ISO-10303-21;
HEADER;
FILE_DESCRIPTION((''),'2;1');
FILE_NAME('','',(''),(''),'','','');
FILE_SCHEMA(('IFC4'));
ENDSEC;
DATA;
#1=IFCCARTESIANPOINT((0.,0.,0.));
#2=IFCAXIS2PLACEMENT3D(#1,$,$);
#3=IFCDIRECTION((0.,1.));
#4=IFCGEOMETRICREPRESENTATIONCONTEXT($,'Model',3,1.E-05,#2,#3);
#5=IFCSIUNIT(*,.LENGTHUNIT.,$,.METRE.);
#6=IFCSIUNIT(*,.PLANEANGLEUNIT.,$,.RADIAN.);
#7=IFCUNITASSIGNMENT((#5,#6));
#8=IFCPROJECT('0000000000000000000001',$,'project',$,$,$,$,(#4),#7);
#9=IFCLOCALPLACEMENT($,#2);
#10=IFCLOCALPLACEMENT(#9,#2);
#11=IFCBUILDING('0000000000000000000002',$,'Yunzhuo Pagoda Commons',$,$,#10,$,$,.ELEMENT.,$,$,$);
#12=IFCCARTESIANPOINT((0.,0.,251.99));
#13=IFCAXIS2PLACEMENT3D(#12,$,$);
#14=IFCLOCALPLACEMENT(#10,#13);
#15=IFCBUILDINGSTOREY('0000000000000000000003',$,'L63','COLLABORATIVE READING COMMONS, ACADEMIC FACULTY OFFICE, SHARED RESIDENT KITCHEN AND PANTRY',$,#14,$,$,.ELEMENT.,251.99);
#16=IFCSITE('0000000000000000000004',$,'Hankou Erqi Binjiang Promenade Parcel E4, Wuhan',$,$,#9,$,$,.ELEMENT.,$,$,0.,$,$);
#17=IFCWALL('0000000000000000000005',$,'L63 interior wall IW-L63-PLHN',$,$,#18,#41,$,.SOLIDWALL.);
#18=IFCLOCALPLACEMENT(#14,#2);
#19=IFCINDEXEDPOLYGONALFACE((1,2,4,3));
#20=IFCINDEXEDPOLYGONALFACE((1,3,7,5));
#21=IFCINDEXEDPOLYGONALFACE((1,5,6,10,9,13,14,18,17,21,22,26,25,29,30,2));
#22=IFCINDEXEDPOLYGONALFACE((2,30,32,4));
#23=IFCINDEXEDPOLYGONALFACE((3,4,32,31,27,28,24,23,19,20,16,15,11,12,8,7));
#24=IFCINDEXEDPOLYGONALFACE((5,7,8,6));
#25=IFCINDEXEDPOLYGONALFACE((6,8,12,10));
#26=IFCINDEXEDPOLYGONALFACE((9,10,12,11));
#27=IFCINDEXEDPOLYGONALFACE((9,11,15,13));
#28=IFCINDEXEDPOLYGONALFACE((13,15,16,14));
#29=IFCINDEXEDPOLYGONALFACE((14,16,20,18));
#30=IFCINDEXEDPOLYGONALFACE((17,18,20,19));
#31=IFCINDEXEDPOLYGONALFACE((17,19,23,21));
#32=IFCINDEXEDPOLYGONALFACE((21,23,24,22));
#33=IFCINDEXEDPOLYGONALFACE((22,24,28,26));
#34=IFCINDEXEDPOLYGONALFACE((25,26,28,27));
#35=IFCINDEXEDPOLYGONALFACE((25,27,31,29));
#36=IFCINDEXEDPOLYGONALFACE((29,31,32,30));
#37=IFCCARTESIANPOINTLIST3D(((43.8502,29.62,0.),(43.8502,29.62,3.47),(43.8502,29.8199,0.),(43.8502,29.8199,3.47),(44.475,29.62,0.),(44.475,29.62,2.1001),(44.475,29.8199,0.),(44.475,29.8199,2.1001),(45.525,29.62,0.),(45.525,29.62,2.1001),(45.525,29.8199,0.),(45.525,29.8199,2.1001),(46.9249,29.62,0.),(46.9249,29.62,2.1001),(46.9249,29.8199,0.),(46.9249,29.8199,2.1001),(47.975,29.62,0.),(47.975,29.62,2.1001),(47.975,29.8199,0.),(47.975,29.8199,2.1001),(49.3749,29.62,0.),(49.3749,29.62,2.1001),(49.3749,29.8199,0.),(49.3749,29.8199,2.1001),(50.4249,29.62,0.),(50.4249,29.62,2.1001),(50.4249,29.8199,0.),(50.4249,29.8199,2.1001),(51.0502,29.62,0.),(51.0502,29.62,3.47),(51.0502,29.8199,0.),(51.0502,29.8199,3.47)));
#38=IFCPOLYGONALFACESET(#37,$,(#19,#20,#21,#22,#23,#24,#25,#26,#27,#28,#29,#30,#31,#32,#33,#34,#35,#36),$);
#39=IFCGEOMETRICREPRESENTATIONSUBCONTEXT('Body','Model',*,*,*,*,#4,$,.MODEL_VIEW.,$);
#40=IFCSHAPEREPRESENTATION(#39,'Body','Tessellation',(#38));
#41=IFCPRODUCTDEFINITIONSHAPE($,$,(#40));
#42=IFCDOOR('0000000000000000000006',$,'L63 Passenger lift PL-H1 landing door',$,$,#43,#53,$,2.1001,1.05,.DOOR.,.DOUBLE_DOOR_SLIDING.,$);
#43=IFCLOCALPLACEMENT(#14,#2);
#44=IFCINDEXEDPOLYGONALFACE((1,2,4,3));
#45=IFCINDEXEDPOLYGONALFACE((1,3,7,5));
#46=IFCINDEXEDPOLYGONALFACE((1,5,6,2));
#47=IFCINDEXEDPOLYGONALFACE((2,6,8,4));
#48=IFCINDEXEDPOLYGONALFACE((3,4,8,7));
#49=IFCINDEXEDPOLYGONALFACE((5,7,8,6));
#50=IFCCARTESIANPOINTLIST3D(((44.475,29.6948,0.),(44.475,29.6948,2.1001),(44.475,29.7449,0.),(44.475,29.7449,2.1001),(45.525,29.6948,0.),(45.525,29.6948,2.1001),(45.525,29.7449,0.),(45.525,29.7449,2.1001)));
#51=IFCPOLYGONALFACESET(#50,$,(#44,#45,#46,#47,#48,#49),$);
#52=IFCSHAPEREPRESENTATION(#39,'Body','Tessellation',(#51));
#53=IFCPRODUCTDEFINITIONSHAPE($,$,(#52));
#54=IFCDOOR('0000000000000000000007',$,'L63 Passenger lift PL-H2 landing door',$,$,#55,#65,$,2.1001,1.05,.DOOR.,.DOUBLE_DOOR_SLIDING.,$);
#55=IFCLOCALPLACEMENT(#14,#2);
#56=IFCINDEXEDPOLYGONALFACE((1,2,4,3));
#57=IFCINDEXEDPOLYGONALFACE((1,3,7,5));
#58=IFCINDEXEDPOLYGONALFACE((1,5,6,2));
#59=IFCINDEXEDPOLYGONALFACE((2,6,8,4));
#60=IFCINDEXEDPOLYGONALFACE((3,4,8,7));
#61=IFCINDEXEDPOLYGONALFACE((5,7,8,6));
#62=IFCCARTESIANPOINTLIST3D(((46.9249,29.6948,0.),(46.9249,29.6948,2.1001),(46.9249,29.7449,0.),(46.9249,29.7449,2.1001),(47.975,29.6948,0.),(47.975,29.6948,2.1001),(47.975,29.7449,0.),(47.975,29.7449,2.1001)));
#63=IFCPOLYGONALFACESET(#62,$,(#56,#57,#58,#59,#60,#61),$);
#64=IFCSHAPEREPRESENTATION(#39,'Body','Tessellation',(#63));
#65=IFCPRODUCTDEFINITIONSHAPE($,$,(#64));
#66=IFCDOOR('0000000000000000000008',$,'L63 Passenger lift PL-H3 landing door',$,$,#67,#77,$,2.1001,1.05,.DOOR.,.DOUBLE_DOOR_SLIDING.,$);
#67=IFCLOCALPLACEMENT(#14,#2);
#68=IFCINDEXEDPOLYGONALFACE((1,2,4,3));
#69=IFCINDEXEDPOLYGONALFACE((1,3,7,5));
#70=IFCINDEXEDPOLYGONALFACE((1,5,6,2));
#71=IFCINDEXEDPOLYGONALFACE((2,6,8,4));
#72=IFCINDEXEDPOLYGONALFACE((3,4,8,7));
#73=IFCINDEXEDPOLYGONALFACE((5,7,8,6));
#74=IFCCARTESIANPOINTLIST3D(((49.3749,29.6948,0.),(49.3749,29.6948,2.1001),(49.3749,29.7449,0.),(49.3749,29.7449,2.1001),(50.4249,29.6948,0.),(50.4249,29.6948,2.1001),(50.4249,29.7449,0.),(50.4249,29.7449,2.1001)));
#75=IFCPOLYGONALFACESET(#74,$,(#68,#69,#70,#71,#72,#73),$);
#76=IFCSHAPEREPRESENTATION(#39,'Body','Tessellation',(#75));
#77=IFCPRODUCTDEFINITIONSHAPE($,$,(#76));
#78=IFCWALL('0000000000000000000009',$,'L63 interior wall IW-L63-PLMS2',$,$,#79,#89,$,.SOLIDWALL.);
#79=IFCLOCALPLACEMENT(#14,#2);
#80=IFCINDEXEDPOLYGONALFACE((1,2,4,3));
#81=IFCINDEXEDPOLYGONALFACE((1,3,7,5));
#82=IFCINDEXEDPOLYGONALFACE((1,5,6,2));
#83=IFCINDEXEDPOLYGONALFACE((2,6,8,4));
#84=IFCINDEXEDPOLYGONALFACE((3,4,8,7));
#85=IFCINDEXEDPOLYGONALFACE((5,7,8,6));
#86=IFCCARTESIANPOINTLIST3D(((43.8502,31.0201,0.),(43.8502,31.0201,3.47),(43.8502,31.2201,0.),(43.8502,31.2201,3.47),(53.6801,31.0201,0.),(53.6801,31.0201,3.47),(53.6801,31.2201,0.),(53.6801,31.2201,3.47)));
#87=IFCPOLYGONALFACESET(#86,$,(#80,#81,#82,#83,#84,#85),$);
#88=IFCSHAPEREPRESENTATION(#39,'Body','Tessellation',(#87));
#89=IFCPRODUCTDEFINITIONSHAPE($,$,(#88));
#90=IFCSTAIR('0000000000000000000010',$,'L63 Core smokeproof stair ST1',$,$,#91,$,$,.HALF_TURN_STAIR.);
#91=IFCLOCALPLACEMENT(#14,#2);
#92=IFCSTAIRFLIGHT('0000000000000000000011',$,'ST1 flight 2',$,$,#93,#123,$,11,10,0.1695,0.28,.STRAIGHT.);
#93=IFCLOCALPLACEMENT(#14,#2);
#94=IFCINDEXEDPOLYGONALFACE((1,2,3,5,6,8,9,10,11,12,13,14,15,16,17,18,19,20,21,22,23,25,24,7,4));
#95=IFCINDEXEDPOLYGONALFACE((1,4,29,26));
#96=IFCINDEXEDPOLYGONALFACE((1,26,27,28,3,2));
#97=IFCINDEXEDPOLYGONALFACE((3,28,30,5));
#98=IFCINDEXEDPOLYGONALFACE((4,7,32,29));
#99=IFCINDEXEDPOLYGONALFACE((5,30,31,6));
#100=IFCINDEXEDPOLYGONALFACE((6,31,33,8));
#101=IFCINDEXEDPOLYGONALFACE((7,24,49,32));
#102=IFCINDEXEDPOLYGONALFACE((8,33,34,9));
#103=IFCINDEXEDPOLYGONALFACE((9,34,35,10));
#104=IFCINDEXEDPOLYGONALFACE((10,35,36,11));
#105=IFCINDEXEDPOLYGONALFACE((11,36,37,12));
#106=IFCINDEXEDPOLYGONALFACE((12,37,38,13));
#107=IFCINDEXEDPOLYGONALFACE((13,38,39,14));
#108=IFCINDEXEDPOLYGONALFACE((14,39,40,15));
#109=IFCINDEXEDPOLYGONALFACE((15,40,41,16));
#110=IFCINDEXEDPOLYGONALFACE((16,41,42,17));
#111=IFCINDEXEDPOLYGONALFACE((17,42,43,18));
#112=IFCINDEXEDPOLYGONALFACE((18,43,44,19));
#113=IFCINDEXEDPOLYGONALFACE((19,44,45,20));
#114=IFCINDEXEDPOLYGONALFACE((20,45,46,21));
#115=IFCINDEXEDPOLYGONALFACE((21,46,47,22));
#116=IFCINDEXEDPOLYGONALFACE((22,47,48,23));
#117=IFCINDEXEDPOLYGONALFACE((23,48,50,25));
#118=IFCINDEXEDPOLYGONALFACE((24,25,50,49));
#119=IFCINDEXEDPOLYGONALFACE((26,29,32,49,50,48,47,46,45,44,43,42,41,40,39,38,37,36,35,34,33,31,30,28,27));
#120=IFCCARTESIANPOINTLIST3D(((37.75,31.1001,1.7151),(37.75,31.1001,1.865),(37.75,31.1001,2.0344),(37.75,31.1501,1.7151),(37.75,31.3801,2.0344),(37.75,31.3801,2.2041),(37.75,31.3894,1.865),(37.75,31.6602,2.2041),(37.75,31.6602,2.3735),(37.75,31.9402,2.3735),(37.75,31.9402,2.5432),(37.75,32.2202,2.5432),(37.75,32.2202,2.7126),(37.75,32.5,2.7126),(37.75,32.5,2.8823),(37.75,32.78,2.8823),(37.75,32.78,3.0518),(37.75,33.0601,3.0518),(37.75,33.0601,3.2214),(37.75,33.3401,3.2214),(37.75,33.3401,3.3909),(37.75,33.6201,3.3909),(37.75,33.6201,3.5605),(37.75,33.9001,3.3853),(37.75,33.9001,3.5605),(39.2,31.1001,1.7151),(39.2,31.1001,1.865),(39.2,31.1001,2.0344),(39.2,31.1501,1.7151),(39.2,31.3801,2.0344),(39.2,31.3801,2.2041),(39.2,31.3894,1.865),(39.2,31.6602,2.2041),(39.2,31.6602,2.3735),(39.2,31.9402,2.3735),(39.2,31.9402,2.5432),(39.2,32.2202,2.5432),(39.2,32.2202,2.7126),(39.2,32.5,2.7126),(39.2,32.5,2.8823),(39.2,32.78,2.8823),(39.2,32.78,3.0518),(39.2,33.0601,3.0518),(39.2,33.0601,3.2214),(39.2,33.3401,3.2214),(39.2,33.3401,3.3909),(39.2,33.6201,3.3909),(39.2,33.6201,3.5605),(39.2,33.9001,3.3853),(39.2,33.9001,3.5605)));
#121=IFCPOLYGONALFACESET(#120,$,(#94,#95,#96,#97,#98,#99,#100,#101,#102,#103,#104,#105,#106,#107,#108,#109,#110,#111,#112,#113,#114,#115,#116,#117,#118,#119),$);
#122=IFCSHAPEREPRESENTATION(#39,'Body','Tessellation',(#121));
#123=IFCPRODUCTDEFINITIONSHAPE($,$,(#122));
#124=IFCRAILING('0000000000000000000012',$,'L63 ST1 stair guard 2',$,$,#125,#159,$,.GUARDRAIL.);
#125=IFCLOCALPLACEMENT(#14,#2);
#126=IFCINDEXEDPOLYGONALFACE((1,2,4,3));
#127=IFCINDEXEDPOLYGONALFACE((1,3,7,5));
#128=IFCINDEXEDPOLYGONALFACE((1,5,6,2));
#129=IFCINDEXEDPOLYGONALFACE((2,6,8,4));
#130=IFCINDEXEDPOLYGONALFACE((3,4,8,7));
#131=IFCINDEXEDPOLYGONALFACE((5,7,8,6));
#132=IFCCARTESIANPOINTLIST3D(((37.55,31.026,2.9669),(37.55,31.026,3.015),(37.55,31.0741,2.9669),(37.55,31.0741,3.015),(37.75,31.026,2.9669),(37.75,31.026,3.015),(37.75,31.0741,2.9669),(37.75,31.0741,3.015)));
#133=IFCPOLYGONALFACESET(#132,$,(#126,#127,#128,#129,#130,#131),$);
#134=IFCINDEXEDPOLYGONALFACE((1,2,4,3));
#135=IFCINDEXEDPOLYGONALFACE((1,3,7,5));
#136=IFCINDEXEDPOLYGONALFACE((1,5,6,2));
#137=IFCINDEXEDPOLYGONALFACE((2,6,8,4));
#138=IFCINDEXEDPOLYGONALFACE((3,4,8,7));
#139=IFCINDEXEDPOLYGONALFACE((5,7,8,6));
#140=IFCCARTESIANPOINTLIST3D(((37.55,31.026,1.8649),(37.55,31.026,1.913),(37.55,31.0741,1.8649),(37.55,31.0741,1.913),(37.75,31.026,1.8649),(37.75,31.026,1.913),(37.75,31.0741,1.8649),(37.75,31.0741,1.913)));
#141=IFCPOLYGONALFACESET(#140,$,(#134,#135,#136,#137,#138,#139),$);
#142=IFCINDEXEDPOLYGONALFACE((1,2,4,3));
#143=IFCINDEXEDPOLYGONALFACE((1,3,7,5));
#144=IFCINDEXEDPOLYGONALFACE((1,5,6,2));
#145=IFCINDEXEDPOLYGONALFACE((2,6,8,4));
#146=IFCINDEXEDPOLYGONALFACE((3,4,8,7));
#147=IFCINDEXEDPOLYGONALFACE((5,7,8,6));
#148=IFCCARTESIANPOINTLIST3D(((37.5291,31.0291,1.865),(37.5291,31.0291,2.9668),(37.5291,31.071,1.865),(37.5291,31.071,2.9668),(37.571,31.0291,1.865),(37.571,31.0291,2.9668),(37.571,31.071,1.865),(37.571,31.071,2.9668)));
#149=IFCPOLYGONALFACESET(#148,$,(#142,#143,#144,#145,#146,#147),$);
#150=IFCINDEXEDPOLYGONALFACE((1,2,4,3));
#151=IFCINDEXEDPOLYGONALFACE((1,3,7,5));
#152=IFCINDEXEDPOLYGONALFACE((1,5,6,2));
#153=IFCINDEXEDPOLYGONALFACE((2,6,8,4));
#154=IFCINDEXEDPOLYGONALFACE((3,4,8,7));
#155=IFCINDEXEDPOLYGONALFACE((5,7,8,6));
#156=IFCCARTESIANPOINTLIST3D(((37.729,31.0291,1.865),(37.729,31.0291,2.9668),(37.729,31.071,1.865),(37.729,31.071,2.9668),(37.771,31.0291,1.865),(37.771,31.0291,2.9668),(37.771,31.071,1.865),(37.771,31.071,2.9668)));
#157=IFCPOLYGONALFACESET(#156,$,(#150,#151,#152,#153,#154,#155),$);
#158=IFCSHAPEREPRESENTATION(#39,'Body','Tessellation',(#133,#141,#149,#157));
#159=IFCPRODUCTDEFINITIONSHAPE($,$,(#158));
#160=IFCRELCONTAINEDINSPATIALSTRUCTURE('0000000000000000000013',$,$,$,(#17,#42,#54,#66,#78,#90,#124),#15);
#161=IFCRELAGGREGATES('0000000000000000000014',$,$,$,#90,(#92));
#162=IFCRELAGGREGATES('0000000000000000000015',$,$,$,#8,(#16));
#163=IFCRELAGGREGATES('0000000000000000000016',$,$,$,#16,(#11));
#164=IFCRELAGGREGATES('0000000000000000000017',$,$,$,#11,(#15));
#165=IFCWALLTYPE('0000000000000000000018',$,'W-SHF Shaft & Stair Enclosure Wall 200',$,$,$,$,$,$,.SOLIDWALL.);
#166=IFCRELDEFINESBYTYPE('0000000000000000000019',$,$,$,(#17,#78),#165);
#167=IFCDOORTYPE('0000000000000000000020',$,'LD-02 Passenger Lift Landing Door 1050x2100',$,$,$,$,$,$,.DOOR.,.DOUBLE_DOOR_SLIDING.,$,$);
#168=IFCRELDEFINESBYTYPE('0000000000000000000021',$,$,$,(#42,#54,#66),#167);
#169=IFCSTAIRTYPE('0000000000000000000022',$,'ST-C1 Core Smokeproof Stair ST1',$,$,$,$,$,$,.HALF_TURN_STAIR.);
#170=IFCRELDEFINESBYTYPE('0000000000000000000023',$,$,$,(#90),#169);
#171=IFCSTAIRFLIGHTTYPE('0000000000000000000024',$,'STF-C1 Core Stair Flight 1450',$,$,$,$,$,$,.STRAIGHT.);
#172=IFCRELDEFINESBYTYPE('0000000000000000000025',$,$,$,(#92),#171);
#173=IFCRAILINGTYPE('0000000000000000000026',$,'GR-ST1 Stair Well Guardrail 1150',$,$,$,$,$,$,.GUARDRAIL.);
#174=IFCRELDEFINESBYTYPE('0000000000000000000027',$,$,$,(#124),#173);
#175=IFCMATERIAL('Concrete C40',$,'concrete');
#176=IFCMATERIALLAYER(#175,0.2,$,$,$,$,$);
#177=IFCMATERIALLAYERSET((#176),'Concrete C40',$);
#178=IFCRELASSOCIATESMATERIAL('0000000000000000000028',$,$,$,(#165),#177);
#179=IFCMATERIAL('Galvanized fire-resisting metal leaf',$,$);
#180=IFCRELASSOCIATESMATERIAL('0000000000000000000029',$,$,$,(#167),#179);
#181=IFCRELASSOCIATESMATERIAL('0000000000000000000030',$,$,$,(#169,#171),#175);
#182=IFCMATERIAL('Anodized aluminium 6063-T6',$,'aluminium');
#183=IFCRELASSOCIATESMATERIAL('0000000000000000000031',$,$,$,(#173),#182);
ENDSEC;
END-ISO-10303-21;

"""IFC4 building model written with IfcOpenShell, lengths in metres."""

from ifc_helpers import new_model, si_unit, direction, frame, frame_2d, origin, origin_with_axes, origin_2d, place, context, subcontext, project, spatial, polyline, rectangle, outline, extrude, source, transform, mapped, material, layer, layer_set, type_object, element, fill, aggregate, save


model = new_model("IFC4")

# Units and contexts
model_context = context("Model", 3, precision=1e-05, world=origin(), true_north=direction((0.0, 1.0)))
body_context = subcontext(model_context, "Body", "Model", "MODEL_VIEW")
ifc_project = project(units=[si_unit("LENGTHUNIT", "METRE"), si_unit("PLANEANGLEUNIT", "RADIAN")], contexts=[model_context])

# Site, building, storey
site_placement = place(None, origin())
site = spatial("IfcSite", under=ifc_project, at=site_placement, Name="Hankou Erqi Binjiang Promenade Parcel E4, Wuhan", CompositionType="ELEMENT", RefElevation=0.0)
building_placement = place(site_placement, origin())
building = spatial("IfcBuilding", under=site, at=building_placement, Name="Yunzhuo Pagoda Commons", CompositionType="ELEMENT")
storey_placement = place(building_placement, frame((0.0, 0.0, 251.99)))
storey = spatial("IfcBuildingStorey", under=building, at=storey_placement, Name="L63", Description="COLLABORATIVE READING COMMONS, ACADEMIC FACULTY OFFICE, SHARED RESIDENT KITCHEN AND PANTRY", CompositionType="ELEMENT", Elevation=251.99)

# Shared definitions
ifc_material_1 = material(Name="Galvanized fire-resisting metal leaf")

# Shared definitions
ifc_material_2 = material(Name="Concrete C40", Category="concrete")
ifc_layer_1 = layer(ifc_material_2, 0.2)
ifc_layer_set_1 = layer_set([ifc_layer_1], Name="Concrete C40")
wall_type_1 = type_object("IfcWallType", Name="W-SHF Shaft & Stair Enclosure Wall 200", PredefinedType="SOLIDWALL", material=ifc_layer_set_1)
shared_shape_1 = source(origin(), body_context, "Body", "SweptSolid", [
    extrude(rectangle(XDim=1.05, YDim=2.1001, at=frame_2d((0.5249, 1.05))), frame((0.0, 0.0249, 0.0), z_axis=(0.0, -1.0, 0.0), x_axis=(1.0, 0.0, 0.0)), (0.0, 0.0, 1.0), 0.05),
])

# Wall, openings, doors
wall_1_placement = place(storey_placement, frame((43.8501, 29.72, 0.0), z_axis=(0.0, 0.0, 1.0), x_axis=(1.0, 0.0, 0.0)))
wall_1 = element("IfcWall", 1, at=wall_1_placement, inside=storey, type_object=wall_type_1, Name="L63 interior wall IW-L63-PLHN", PredefinedType="SOLIDWALL", context=body_context, shape_type="SweptSolid", body=[
    extrude(rectangle(XDim=7.2, YDim=0.2, at=frame_2d((3.6001, 0.0))), origin(), (0.0, 0.0, 1.0), 3.47),
])
opening_1_placement = place(wall_1_placement, frame((0.625, 0.0, 0.0)))
opening_1 = element("IfcOpeningElement", 2, at=opening_1_placement, cuts=wall_1, PredefinedType="OPENING", context=body_context, shape_type="SweptSolid", body=[
    extrude(rectangle(XDim=1.05, YDim=2.1001, at=frame_2d((0.5249, 1.05))), frame((0.0, 0.1099, 0.0), z_axis=(0.0, -1.0, 0.0), x_axis=(1.0, 0.0, 0.0)), (0.0, 0.0, 1.0), 0.22),
])
opening_2_placement = place(wall_1_placement, frame((3.075, 0.0, 0.0)))
opening_2 = element("IfcOpeningElement", 3, at=opening_2_placement, cuts=wall_1, PredefinedType="OPENING", context=body_context, shape_type="SweptSolid", body=[
    extrude(rectangle(XDim=1.05, YDim=2.1001, at=frame_2d((0.5249, 1.05))), frame((0.0, 0.1099, 0.0), z_axis=(0.0, -1.0, 0.0), x_axis=(1.0, 0.0, 0.0)), (0.0, 0.0, 1.0), 0.22),
])
opening_3_placement = place(wall_1_placement, frame((5.5249, 0.0, 0.0)))
opening_3 = element("IfcOpeningElement", 4, at=opening_3_placement, cuts=wall_1, PredefinedType="OPENING", context=body_context, shape_type="SweptSolid", body=[
    extrude(rectangle(XDim=1.05, YDim=2.1001, at=frame_2d((0.5249, 1.05))), frame((0.0, 0.1099, 0.0), z_axis=(0.0, -1.0, 0.0), x_axis=(1.0, 0.0, 0.0)), (0.0, 0.0, 1.0), 0.22),
])
door_type_1 = type_object("IfcDoorType", Name="LD-02 Passenger Lift Landing Door 1050x2100", OperationType="DOUBLE_DOOR_SLIDING", PredefinedType="DOOR", material=ifc_material_1)
door_1_placement = place(opening_1_placement, origin_with_axes())
door_1 = element("IfcDoor", 5, at=door_1_placement, inside=storey, type_object=door_type_1, Name="L63 Passenger lift PL-H1 landing door", OperationType="DOUBLE_DOOR_SLIDING", OverallHeight=2.1001, OverallWidth=1.05, PredefinedType="DOOR", context=body_context, shape_type="MappedRepresentation", body=[
    mapped(shared_shape_1, transform((0.0, 0.0, 0.0), scale=1.0)),
])
fill(opening_1, door_1)
door_2_placement = place(opening_2_placement, origin_with_axes())
door_2 = element("IfcDoor", 6, at=door_2_placement, inside=storey, type_object=door_type_1, Name="L63 Passenger lift PL-H2 landing door", OperationType="DOUBLE_DOOR_SLIDING", OverallHeight=2.1001, OverallWidth=1.05, PredefinedType="DOOR", context=body_context, shape_type="MappedRepresentation", body=[
    mapped(shared_shape_1, transform((0.0, 0.0, 0.0), scale=1.0)),
])
fill(opening_2, door_2)
door_3_placement = place(opening_3_placement, origin_with_axes())
door_3 = element("IfcDoor", 7, at=door_3_placement, inside=storey, type_object=door_type_1, Name="L63 Passenger lift PL-H3 landing door", OperationType="DOUBLE_DOOR_SLIDING", OverallHeight=2.1001, OverallWidth=1.05, PredefinedType="DOOR", context=body_context, shape_type="MappedRepresentation", body=[
    mapped(shared_shape_1, transform((0.0, 0.0, 0.0), scale=1.0)),
])
fill(opening_3, door_3)

# Wall
wall_2_placement = place(storey_placement, frame((43.8501, 31.1201, 0.0), z_axis=(0.0, 0.0, 1.0), x_axis=(1.0, 0.0, 0.0)))
element("IfcWall", 8, at=wall_2_placement, inside=storey, type_object=wall_type_1, Name="L63 interior wall IW-L63-PLMS2", PredefinedType="SOLIDWALL", context=body_context, shape_type="SweptSolid", body=[
    extrude(rectangle(XDim=9.8298, YDim=0.2, at=frame_2d((4.915, 0.0))), origin(), (0.0, 0.0, 1.0), 3.47),
])

# Stair, stair flight
stair_type = type_object("IfcStairType", Name="ST-C1 Core Smokeproof Stair ST1", PredefinedType="HALF_TURN_STAIR", material=ifc_material_2)
stair_placement = place(storey_placement, origin())
stair = element("IfcStair", 9, at=stair_placement, inside=storey, type_object=stair_type, Name="L63 Core smokeproof stair ST1", PredefinedType="HALF_TURN_STAIR")
stair_flight_type = type_object("IfcStairFlightType", Name="STF-C1 Core Stair Flight 1450", PredefinedType="STRAIGHT", material=ifc_material_2)
shared_shape_2 = source(origin(), body_context, "Body", "SweptSolid", [
    extrude(outline(polyline([(0.0, -0.1499), (0.0, 0.0), (0.0, 0.1694), (0.28, 0.1694), (0.28, 0.3391), (0.5601, 0.3391), (0.5601, 0.5085), (0.8401, 0.5085), (0.8401, 0.6782), (1.1201, 0.6782), (1.1201, 0.8477), (1.3999, 0.8477), (1.3999, 1.0173), (1.6799, 1.0173), (1.6799, 1.1868), (1.96, 1.1868), (1.96, 1.3564), (2.24, 1.3564), (2.24, 1.5259), (2.52, 1.5259), (2.52, 1.6956), (2.8, 1.6956), (2.8, 1.865), (2.8, 1.5203), (0.2893, 0.0), (0.05, -0.1499), (0.0, -0.1499)])), frame((0.0, 0.7251, 0.0), z_axis=(0.0, -1.0, 0.0), x_axis=(1.0, 0.0, 0.0)), (0.0, 0.0, 1.0), 1.45),
])
stair_flight_placement = place(storey_placement, frame((38.4751, 31.1001, 1.865), z_axis=(0.0, 0.0, 1.0), x_axis=(0.0, 1.0, 0.0)))
stair_flight = element("IfcStairFlight", 10, at=stair_flight_placement, type_object=stair_flight_type, Name="ST1 flight 2", NumberOfRisers=11, NumberOfTreads=10, PredefinedType="STRAIGHT", RiserHeight=0.1695, TreadLength=0.28, context=body_context, shape_type="MappedRepresentation", body=[
    mapped(shared_shape_2, transform((0.0, 0.0, 0.0), scale=1.0)),
])
aggregate(stair, [stair_flight])

# Railing
ifc_material_3 = material(Name="Anodized aluminium 6063-T6", Category="aluminium")
railing_type_1 = type_object("IfcRailingType", Name="GR-ST1 Stair Well Guardrail 1150", PredefinedType="GUARDRAIL", material=ifc_material_3)
railing_1_placement = place(storey_placement, frame((37.55, 31.05, 1.865)))
element("IfcRailing", 11, at=railing_1_placement, inside=storey, type_object=railing_type_1, Name="L63 ST1 stair guard 2", PredefinedType="GUARDRAIL", context=body_context, shape_type="SweptSolid", body=[
    extrude(rectangle(XDim=0.0481, YDim=0.0481, at=origin_2d()), frame((0.0, 0.0, 1.126), z_axis=(1.0, 0.0, 0.0), x_axis=(0.0, 1.0, 0.0)), (0.0, 0.0, 1.0), 0.2),
    extrude(rectangle(XDim=0.0481, YDim=0.0481, at=origin_2d()), frame((0.0, 0.0, 0.0239), z_axis=(1.0, 0.0, 0.0), x_axis=(0.0, 1.0, 0.0)), (0.0, 0.0, 1.0), 0.2),
    extrude(rectangle(XDim=0.042, YDim=0.042, at=origin_2d()), origin(), (0.0, 0.0, 1.0), 1.1018),
    extrude(rectangle(XDim=0.042, YDim=0.042, at=origin_2d()), frame((0.2, 0.0, 0.0)), (0.0, 0.0, 1.0), 1.1018),
])

save(model, "model.ifc")
